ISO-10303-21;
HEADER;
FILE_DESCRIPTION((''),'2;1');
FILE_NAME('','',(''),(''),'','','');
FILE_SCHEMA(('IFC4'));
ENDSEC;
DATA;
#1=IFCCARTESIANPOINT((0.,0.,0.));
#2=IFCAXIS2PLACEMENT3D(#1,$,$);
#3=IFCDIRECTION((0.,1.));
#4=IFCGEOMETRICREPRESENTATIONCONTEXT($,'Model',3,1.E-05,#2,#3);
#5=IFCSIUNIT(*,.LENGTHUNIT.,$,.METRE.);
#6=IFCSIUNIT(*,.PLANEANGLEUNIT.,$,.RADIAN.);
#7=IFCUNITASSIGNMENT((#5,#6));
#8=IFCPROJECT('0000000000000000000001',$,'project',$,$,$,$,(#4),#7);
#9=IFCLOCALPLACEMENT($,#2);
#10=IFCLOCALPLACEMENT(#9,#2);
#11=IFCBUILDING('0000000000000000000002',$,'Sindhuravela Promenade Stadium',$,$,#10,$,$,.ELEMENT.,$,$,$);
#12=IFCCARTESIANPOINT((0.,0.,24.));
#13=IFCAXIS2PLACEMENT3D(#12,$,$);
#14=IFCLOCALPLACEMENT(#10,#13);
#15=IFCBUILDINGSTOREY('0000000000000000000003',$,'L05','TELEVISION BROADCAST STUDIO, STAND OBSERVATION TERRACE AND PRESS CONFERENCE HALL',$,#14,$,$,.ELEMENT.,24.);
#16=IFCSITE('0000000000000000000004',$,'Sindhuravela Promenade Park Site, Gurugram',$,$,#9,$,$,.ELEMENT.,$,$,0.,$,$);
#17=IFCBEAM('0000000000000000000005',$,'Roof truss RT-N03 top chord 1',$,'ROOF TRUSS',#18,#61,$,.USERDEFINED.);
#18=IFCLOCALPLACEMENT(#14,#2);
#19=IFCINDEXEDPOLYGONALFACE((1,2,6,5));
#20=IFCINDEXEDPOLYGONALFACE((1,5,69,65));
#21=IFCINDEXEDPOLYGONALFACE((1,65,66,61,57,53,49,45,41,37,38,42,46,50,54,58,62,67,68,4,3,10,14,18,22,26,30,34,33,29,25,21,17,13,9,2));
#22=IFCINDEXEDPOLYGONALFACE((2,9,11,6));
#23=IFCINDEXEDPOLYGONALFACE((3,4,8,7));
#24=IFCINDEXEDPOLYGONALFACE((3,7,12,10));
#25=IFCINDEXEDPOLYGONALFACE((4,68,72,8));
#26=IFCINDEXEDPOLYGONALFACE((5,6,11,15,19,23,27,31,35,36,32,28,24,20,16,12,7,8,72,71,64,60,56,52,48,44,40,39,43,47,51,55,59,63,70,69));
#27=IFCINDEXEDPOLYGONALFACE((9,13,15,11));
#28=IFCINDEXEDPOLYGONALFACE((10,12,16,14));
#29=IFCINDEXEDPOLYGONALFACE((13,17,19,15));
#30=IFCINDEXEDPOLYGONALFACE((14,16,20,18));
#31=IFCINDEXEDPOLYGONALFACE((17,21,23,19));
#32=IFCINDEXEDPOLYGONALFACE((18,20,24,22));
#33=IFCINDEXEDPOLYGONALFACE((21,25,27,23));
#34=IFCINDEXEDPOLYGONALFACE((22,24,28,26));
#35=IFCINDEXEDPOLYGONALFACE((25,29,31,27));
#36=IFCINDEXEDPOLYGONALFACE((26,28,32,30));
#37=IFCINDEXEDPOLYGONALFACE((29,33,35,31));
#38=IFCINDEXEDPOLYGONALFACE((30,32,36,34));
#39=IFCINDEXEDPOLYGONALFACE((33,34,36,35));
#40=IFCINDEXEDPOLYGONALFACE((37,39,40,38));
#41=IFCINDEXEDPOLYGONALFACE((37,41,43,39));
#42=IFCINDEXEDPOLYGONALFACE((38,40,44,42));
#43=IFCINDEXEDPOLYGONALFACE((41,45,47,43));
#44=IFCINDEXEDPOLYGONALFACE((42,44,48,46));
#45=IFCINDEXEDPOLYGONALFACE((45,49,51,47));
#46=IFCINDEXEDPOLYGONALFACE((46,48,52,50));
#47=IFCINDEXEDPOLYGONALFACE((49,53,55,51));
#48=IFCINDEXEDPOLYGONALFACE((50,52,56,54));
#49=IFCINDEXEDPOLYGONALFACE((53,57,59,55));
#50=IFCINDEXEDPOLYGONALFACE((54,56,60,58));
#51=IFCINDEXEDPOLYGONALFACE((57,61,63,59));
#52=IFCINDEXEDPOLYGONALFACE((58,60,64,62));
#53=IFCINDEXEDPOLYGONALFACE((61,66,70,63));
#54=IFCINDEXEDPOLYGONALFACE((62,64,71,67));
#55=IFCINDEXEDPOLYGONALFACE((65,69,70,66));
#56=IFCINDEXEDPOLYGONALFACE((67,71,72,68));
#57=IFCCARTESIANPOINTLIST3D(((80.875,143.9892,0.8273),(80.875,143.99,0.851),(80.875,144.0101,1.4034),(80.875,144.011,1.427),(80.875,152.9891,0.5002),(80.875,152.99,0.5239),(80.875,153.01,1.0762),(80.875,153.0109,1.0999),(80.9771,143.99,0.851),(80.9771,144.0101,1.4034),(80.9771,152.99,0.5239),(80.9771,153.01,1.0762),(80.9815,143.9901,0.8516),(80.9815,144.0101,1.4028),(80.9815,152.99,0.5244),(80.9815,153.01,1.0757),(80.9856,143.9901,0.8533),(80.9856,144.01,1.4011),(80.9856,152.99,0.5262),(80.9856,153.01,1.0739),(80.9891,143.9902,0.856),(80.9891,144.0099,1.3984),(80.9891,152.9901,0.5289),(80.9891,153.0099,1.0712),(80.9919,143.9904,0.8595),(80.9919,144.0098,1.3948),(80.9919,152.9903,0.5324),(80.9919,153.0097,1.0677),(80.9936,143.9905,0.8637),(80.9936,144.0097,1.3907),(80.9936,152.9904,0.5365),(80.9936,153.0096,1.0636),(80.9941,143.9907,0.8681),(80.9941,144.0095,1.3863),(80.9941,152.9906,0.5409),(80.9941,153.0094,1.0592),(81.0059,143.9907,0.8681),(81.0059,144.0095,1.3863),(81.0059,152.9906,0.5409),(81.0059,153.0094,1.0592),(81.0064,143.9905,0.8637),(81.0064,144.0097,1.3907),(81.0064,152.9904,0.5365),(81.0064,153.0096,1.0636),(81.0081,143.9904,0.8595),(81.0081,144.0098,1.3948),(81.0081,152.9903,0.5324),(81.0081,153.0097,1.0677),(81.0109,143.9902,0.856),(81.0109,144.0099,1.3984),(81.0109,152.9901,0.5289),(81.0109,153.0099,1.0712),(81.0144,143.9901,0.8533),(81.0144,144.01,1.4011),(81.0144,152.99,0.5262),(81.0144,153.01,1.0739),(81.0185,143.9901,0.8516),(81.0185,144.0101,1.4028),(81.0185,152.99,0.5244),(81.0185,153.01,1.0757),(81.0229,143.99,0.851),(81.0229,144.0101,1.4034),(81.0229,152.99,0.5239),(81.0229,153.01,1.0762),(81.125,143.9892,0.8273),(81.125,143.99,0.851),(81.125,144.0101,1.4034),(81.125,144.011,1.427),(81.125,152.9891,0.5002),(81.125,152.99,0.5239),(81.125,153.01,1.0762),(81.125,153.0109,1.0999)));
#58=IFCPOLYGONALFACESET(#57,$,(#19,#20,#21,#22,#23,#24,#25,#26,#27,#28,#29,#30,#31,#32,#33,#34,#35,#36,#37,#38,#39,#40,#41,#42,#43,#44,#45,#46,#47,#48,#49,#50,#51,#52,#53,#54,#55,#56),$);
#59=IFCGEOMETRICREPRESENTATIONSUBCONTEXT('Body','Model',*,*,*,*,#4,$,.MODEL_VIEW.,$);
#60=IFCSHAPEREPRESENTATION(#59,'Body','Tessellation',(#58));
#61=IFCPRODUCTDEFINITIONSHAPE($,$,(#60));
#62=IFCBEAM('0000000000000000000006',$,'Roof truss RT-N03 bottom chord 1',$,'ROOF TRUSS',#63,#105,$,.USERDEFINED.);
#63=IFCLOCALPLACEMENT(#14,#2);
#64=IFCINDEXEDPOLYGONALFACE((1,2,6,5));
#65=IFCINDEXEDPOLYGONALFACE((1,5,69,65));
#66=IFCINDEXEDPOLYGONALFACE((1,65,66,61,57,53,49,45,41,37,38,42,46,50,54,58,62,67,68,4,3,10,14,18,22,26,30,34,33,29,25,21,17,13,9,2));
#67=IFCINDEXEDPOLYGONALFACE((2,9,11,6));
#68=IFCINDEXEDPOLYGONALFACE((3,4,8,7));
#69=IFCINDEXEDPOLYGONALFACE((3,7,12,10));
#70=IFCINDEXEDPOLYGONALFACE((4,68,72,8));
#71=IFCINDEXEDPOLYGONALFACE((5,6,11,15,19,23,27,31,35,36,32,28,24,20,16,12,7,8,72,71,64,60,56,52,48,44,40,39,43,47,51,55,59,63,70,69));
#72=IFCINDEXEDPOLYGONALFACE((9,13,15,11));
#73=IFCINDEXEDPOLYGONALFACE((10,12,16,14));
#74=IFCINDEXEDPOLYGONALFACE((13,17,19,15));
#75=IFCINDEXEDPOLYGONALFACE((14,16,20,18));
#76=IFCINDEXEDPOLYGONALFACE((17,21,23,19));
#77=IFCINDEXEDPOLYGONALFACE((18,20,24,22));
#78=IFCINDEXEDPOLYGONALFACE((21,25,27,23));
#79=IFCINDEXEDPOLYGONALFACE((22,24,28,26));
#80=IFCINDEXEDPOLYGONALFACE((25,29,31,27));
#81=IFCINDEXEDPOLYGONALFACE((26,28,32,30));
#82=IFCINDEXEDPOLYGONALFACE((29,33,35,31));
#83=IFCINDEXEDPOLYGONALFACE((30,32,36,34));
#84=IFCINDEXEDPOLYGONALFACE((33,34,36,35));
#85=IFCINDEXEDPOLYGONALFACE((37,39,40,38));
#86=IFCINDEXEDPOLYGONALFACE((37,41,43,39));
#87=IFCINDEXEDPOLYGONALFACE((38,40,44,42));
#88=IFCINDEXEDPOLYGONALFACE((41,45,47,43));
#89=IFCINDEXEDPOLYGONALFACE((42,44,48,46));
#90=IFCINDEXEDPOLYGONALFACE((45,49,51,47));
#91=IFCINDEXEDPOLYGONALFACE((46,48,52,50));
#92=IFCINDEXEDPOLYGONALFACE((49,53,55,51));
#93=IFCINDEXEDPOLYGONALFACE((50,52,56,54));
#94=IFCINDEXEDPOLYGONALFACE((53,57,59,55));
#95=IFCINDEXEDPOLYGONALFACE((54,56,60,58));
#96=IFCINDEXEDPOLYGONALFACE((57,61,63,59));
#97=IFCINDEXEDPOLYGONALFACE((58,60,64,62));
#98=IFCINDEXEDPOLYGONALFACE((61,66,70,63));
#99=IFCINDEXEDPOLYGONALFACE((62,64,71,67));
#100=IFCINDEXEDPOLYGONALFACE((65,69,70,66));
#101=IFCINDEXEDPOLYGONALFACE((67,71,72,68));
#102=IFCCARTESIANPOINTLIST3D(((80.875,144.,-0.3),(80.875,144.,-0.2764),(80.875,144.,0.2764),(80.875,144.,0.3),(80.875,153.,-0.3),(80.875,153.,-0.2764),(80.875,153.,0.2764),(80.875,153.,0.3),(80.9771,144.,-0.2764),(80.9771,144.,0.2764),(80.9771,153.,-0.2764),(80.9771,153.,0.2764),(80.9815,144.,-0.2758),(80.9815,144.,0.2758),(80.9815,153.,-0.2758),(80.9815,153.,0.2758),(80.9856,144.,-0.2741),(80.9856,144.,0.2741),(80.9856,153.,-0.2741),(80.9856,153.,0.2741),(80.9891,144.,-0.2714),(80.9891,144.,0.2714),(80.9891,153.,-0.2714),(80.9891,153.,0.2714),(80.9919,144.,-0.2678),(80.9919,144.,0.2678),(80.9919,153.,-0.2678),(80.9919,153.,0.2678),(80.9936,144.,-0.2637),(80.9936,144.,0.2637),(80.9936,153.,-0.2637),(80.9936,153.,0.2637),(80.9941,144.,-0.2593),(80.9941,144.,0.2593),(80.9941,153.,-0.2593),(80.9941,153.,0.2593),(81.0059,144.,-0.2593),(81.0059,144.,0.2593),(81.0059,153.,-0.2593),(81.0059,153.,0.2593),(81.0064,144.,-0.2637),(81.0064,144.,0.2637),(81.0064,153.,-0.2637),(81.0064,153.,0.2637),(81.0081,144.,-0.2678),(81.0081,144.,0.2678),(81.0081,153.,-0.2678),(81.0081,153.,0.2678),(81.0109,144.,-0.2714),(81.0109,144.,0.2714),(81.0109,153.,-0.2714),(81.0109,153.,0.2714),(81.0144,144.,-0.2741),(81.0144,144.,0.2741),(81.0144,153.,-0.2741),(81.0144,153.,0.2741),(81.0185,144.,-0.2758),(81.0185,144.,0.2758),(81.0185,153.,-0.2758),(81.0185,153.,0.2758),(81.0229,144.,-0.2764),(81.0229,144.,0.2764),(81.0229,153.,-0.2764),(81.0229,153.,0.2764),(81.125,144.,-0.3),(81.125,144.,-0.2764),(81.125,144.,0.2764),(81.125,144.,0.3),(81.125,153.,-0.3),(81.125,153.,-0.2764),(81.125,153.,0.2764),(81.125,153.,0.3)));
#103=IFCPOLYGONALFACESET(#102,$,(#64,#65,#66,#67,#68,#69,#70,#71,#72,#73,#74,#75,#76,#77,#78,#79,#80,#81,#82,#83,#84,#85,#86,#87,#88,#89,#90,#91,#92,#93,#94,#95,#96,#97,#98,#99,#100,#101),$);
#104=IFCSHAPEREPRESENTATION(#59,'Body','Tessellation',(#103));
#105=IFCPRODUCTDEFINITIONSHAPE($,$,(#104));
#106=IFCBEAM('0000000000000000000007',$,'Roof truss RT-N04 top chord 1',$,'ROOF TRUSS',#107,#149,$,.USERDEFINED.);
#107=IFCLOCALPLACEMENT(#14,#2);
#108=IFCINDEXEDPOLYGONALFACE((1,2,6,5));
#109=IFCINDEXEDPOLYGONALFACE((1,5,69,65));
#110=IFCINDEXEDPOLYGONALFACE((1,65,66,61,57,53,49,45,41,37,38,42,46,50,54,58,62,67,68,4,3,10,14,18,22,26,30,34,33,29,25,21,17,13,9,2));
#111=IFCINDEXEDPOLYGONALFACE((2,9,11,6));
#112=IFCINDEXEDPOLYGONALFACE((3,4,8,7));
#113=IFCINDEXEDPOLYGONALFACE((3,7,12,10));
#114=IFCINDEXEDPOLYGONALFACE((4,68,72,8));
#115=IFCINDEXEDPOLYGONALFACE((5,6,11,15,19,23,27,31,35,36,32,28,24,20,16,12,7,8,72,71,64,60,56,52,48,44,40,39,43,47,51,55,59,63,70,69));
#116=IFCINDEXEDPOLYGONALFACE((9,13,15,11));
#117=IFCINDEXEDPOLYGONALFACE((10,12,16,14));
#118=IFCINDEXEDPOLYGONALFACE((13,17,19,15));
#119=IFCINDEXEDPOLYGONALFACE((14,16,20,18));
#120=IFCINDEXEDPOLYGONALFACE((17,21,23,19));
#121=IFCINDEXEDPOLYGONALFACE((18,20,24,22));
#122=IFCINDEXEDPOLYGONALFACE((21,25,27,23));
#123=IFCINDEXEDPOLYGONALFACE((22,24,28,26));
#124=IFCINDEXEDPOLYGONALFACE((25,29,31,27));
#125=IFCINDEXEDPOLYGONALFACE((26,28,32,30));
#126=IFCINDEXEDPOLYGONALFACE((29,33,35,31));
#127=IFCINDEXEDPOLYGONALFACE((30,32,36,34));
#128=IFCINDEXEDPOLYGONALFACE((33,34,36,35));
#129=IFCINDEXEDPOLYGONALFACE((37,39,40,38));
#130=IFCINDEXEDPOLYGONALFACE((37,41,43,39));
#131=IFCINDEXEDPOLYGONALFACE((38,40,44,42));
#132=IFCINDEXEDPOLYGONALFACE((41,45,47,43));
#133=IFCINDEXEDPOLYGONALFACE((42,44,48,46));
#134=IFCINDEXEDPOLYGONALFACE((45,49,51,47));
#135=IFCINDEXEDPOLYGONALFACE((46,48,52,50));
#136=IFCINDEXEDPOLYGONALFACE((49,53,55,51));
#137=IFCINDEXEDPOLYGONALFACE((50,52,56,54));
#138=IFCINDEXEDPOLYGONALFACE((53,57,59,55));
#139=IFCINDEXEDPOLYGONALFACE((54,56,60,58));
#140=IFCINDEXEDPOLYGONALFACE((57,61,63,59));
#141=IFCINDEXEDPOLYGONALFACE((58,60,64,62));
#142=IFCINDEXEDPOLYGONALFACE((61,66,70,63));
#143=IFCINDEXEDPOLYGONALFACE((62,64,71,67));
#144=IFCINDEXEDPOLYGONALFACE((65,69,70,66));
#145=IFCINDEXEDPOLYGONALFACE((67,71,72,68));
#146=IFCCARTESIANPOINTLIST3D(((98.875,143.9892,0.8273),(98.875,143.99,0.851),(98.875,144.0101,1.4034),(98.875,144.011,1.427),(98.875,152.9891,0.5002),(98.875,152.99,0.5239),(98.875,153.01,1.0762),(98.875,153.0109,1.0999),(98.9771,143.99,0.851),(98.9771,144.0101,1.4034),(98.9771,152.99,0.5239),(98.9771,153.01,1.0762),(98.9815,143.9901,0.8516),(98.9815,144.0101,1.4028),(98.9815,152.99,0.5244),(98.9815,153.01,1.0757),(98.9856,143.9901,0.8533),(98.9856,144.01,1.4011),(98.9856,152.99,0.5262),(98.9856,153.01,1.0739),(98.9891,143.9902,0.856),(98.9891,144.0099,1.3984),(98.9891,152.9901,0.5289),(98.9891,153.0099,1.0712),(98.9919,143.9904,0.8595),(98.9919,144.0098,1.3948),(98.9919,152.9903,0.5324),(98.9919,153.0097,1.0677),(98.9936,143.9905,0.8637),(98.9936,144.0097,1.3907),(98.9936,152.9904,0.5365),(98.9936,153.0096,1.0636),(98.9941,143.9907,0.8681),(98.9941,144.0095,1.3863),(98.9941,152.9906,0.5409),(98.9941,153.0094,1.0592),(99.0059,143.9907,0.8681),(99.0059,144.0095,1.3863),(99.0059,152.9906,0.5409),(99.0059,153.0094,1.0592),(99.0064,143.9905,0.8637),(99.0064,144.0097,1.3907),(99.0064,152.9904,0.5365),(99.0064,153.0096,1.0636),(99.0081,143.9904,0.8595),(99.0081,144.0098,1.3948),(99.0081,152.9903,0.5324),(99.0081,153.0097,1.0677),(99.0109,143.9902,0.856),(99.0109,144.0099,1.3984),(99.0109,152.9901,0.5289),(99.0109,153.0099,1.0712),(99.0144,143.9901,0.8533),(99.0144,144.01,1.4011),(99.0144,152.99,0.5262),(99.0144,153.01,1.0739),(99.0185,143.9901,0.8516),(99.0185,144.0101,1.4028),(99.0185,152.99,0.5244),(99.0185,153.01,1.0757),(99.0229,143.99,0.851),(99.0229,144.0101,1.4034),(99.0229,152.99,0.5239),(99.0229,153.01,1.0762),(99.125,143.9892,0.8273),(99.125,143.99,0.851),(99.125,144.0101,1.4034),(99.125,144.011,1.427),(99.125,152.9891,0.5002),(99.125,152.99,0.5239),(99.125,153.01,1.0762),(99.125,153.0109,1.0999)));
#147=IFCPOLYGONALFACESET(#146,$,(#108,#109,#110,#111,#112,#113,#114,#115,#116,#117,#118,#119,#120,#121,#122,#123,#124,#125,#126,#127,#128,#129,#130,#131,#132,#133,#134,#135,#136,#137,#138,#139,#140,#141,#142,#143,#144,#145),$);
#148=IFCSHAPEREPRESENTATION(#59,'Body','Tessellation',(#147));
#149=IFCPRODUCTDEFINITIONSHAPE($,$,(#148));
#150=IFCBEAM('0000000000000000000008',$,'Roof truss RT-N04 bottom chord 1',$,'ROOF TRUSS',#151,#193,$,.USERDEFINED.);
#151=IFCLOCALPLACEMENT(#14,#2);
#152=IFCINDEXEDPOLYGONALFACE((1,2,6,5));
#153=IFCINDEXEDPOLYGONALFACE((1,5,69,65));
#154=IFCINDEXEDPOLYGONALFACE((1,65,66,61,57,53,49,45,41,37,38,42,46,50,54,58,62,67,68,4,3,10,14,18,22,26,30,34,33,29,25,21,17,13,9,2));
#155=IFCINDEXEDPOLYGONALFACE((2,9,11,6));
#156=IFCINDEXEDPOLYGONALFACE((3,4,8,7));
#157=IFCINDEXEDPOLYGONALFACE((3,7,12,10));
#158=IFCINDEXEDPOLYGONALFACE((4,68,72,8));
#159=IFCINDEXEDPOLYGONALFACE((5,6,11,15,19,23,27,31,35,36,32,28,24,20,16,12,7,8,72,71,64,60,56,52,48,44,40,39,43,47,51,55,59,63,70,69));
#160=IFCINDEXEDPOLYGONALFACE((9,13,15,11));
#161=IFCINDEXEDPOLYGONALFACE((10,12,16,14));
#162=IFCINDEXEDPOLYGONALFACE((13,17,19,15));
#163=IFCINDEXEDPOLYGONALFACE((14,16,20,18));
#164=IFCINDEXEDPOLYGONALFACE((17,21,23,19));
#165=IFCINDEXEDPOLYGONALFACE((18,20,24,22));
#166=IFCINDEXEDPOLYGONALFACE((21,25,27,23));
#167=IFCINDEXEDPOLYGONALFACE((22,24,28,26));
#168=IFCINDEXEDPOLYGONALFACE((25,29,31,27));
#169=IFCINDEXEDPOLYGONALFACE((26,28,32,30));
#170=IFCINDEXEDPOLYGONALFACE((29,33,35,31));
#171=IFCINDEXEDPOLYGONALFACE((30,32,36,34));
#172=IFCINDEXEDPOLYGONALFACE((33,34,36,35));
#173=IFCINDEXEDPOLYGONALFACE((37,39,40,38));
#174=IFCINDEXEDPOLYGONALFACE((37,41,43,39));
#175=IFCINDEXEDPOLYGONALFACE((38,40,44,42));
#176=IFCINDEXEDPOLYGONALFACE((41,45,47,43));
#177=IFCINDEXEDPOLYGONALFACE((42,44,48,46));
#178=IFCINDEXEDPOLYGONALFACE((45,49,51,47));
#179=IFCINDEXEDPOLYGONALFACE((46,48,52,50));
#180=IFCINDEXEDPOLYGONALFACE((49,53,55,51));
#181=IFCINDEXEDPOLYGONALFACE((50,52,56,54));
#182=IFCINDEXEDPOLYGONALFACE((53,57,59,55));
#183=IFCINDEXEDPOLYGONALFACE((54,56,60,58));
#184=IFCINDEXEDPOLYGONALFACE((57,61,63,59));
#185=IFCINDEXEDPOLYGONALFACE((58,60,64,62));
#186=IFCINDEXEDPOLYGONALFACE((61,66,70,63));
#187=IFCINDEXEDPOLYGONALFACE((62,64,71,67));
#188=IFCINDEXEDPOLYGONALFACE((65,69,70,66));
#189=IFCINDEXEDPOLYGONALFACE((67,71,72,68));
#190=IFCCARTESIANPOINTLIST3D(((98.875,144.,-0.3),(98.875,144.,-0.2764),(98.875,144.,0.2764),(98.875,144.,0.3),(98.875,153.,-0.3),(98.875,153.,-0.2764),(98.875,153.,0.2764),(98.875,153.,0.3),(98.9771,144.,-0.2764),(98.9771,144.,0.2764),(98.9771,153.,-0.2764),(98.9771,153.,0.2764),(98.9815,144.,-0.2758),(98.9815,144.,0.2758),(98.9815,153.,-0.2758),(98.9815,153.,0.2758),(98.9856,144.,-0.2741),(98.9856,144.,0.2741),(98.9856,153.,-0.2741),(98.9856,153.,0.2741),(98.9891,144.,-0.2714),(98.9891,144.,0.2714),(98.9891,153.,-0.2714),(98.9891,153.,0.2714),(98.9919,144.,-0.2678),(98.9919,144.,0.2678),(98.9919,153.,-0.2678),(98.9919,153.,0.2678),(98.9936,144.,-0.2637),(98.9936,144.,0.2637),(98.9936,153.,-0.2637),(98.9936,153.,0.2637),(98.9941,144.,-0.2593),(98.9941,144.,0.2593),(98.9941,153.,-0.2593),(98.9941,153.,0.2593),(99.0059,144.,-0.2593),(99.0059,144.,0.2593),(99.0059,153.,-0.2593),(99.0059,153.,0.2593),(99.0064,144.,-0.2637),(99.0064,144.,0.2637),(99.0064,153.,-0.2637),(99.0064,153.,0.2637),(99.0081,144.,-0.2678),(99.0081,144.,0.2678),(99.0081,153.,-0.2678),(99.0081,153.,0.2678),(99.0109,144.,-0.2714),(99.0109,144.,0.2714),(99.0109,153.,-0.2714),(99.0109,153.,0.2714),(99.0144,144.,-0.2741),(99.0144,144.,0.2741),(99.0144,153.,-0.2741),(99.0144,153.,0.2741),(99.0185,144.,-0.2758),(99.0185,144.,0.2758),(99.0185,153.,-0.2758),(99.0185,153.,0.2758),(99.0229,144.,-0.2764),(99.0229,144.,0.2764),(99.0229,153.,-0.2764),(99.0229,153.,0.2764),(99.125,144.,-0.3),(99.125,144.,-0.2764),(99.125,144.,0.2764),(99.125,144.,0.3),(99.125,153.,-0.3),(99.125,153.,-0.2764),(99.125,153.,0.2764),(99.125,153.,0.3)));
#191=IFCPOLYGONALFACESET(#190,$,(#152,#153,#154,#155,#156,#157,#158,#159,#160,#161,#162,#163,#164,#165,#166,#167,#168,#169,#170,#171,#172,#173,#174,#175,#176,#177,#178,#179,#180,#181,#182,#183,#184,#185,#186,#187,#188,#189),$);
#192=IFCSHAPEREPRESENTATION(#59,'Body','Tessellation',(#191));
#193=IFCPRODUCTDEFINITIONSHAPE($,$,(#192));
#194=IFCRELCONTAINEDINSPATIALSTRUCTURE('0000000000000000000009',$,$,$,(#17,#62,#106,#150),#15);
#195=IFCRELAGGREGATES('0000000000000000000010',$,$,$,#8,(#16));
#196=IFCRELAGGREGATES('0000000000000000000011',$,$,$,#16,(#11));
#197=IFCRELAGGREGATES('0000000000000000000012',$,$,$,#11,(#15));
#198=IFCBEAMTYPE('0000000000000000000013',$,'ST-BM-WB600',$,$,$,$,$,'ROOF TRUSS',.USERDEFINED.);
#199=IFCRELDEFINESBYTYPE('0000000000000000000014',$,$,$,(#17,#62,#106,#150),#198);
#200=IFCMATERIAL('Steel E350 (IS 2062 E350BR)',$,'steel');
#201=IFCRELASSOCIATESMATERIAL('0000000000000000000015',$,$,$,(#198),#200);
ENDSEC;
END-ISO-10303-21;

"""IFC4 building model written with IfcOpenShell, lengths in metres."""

from ifc_helpers import new_model, si_unit, direction, frame, origin, origin_2d, place, context, subcontext, project, spatial, i_section, extrude, material, material_profile, profile_set, type_object, element, save


model = new_model("IFC4")

# Units and contexts
model_context = context("Model", 3, precision=1e-05, world=origin(), true_north=direction((0.0, 1.0)))
body_context = subcontext(model_context, "Body", "Model", "MODEL_VIEW")
ifc_project = project(units=[si_unit("LENGTHUNIT", "METRE"), si_unit("PLANEANGLEUNIT", "RADIAN")], contexts=[model_context])

# Site, building, storey
site_placement = place(None, origin())
site = spatial("IfcSite", under=ifc_project, at=site_placement, Name="Sindhuravela Promenade Park Site, Gurugram", CompositionType="ELEMENT", RefElevation=0.0)
building_placement = place(site_placement, origin())
building = spatial("IfcBuilding", under=site, at=building_placement, Name="Sindhuravela Promenade Stadium", CompositionType="ELEMENT")
storey_placement = place(building_placement, frame((0.0, 0.0, 24.0)))
storey = spatial("IfcBuildingStorey", under=building, at=storey_placement, Name="L05", Description="TELEVISION BROADCAST STUDIO, STAND OBSERVATION TERRACE AND PRESS CONFERENCE HALL", CompositionType="ELEMENT", Elevation=24.0)

# Beams
ifc_material_1 = material(Name="Steel E350 (IS 2062 E350BR)", Category="steel")
ifc_material_profile_1 = material_profile(ifc_material_1, i_section(OverallWidth=0.25, OverallDepth=0.6001, WebThickness=0.0117, FlangeThickness=0.0237, FilletRadius=0.0171, at=origin_2d()), Name="ISWB 600")
ifc_profile_set_1 = profile_set([ifc_material_profile_1], Name="Steel E350 (IS 2062 E350BR)")
beam_type = type_object("IfcBeamType", Name="ST-BM-WB600", ElementType="ROOF TRUSS", PredefinedType="USERDEFINED", material=ifc_profile_set_1)
beam_1_placement = place(storey_placement, frame((81.0, 153.0, 0.8), z_axis=(0.0, -0.99934, 0.036326), x_axis=(1.0, 0.0, 0.0)))
element("IfcBeam", 1, at=beam_1_placement, inside=storey, type_object=beam_type, Name="Roof truss RT-N03 top chord 1", ObjectType="ROOF TRUSS", PredefinedType="USERDEFINED", context=body_context, shape_type="SweptSolid", body=[
    extrude(i_section(OverallWidth=0.25, OverallDepth=0.6001, WebThickness=0.0117, FlangeThickness=0.0237, FilletRadius=0.0171, at=origin_2d()), origin(), (0.0, 0.0, 1.0), 9.0059),
])
beam_2_placement = place(storey_placement, frame((81.0, 153.0, 0.0), z_axis=(0.0, -1.0, 0.0), x_axis=(1.0, 0.0, 0.0)))
element("IfcBeam", 2, at=beam_2_placement, inside=storey, type_object=beam_type, Name="Roof truss RT-N03 bottom chord 1", ObjectType="ROOF TRUSS", PredefinedType="USERDEFINED", context=body_context, shape_type="SweptSolid", body=[
    extrude(i_section(OverallWidth=0.25, OverallDepth=0.6001, WebThickness=0.0117, FlangeThickness=0.0237, FilletRadius=0.0171, at=origin_2d()), origin(), (0.0, 0.0, 1.0), 9.0),
])
beam_3_placement = place(storey_placement, frame((99.0, 153.0, 0.8), z_axis=(0.0, -0.99934, 0.036326), x_axis=(1.0, 0.0, 0.0)))
element("IfcBeam", 3, at=beam_3_placement, inside=storey, type_object=beam_type, Name="Roof truss RT-N04 top chord 1", ObjectType="ROOF TRUSS", PredefinedType="USERDEFINED", context=body_context, shape_type="SweptSolid", body=[
    extrude(i_section(OverallWidth=0.25, OverallDepth=0.6001, WebThickness=0.0117, FlangeThickness=0.0237, FilletRadius=0.0171, at=origin_2d()), origin(), (0.0, 0.0, 1.0), 9.0059),
])
beam_4_placement = place(storey_placement, frame((99.0, 153.0, 0.0), z_axis=(0.0, -1.0, 0.0), x_axis=(1.0, 0.0, 0.0)))
element("IfcBeam", 4, at=beam_4_placement, inside=storey, type_object=beam_type, Name="Roof truss RT-N04 bottom chord 1", ObjectType="ROOF TRUSS", PredefinedType="USERDEFINED", context=body_context, shape_type="SweptSolid", body=[
    extrude(i_section(OverallWidth=0.25, OverallDepth=0.6001, WebThickness=0.0117, FlangeThickness=0.0237, FilletRadius=0.0171, at=origin_2d()), origin(), (0.0, 0.0, 1.0), 9.0),
])

save(model, "model.ifc")
